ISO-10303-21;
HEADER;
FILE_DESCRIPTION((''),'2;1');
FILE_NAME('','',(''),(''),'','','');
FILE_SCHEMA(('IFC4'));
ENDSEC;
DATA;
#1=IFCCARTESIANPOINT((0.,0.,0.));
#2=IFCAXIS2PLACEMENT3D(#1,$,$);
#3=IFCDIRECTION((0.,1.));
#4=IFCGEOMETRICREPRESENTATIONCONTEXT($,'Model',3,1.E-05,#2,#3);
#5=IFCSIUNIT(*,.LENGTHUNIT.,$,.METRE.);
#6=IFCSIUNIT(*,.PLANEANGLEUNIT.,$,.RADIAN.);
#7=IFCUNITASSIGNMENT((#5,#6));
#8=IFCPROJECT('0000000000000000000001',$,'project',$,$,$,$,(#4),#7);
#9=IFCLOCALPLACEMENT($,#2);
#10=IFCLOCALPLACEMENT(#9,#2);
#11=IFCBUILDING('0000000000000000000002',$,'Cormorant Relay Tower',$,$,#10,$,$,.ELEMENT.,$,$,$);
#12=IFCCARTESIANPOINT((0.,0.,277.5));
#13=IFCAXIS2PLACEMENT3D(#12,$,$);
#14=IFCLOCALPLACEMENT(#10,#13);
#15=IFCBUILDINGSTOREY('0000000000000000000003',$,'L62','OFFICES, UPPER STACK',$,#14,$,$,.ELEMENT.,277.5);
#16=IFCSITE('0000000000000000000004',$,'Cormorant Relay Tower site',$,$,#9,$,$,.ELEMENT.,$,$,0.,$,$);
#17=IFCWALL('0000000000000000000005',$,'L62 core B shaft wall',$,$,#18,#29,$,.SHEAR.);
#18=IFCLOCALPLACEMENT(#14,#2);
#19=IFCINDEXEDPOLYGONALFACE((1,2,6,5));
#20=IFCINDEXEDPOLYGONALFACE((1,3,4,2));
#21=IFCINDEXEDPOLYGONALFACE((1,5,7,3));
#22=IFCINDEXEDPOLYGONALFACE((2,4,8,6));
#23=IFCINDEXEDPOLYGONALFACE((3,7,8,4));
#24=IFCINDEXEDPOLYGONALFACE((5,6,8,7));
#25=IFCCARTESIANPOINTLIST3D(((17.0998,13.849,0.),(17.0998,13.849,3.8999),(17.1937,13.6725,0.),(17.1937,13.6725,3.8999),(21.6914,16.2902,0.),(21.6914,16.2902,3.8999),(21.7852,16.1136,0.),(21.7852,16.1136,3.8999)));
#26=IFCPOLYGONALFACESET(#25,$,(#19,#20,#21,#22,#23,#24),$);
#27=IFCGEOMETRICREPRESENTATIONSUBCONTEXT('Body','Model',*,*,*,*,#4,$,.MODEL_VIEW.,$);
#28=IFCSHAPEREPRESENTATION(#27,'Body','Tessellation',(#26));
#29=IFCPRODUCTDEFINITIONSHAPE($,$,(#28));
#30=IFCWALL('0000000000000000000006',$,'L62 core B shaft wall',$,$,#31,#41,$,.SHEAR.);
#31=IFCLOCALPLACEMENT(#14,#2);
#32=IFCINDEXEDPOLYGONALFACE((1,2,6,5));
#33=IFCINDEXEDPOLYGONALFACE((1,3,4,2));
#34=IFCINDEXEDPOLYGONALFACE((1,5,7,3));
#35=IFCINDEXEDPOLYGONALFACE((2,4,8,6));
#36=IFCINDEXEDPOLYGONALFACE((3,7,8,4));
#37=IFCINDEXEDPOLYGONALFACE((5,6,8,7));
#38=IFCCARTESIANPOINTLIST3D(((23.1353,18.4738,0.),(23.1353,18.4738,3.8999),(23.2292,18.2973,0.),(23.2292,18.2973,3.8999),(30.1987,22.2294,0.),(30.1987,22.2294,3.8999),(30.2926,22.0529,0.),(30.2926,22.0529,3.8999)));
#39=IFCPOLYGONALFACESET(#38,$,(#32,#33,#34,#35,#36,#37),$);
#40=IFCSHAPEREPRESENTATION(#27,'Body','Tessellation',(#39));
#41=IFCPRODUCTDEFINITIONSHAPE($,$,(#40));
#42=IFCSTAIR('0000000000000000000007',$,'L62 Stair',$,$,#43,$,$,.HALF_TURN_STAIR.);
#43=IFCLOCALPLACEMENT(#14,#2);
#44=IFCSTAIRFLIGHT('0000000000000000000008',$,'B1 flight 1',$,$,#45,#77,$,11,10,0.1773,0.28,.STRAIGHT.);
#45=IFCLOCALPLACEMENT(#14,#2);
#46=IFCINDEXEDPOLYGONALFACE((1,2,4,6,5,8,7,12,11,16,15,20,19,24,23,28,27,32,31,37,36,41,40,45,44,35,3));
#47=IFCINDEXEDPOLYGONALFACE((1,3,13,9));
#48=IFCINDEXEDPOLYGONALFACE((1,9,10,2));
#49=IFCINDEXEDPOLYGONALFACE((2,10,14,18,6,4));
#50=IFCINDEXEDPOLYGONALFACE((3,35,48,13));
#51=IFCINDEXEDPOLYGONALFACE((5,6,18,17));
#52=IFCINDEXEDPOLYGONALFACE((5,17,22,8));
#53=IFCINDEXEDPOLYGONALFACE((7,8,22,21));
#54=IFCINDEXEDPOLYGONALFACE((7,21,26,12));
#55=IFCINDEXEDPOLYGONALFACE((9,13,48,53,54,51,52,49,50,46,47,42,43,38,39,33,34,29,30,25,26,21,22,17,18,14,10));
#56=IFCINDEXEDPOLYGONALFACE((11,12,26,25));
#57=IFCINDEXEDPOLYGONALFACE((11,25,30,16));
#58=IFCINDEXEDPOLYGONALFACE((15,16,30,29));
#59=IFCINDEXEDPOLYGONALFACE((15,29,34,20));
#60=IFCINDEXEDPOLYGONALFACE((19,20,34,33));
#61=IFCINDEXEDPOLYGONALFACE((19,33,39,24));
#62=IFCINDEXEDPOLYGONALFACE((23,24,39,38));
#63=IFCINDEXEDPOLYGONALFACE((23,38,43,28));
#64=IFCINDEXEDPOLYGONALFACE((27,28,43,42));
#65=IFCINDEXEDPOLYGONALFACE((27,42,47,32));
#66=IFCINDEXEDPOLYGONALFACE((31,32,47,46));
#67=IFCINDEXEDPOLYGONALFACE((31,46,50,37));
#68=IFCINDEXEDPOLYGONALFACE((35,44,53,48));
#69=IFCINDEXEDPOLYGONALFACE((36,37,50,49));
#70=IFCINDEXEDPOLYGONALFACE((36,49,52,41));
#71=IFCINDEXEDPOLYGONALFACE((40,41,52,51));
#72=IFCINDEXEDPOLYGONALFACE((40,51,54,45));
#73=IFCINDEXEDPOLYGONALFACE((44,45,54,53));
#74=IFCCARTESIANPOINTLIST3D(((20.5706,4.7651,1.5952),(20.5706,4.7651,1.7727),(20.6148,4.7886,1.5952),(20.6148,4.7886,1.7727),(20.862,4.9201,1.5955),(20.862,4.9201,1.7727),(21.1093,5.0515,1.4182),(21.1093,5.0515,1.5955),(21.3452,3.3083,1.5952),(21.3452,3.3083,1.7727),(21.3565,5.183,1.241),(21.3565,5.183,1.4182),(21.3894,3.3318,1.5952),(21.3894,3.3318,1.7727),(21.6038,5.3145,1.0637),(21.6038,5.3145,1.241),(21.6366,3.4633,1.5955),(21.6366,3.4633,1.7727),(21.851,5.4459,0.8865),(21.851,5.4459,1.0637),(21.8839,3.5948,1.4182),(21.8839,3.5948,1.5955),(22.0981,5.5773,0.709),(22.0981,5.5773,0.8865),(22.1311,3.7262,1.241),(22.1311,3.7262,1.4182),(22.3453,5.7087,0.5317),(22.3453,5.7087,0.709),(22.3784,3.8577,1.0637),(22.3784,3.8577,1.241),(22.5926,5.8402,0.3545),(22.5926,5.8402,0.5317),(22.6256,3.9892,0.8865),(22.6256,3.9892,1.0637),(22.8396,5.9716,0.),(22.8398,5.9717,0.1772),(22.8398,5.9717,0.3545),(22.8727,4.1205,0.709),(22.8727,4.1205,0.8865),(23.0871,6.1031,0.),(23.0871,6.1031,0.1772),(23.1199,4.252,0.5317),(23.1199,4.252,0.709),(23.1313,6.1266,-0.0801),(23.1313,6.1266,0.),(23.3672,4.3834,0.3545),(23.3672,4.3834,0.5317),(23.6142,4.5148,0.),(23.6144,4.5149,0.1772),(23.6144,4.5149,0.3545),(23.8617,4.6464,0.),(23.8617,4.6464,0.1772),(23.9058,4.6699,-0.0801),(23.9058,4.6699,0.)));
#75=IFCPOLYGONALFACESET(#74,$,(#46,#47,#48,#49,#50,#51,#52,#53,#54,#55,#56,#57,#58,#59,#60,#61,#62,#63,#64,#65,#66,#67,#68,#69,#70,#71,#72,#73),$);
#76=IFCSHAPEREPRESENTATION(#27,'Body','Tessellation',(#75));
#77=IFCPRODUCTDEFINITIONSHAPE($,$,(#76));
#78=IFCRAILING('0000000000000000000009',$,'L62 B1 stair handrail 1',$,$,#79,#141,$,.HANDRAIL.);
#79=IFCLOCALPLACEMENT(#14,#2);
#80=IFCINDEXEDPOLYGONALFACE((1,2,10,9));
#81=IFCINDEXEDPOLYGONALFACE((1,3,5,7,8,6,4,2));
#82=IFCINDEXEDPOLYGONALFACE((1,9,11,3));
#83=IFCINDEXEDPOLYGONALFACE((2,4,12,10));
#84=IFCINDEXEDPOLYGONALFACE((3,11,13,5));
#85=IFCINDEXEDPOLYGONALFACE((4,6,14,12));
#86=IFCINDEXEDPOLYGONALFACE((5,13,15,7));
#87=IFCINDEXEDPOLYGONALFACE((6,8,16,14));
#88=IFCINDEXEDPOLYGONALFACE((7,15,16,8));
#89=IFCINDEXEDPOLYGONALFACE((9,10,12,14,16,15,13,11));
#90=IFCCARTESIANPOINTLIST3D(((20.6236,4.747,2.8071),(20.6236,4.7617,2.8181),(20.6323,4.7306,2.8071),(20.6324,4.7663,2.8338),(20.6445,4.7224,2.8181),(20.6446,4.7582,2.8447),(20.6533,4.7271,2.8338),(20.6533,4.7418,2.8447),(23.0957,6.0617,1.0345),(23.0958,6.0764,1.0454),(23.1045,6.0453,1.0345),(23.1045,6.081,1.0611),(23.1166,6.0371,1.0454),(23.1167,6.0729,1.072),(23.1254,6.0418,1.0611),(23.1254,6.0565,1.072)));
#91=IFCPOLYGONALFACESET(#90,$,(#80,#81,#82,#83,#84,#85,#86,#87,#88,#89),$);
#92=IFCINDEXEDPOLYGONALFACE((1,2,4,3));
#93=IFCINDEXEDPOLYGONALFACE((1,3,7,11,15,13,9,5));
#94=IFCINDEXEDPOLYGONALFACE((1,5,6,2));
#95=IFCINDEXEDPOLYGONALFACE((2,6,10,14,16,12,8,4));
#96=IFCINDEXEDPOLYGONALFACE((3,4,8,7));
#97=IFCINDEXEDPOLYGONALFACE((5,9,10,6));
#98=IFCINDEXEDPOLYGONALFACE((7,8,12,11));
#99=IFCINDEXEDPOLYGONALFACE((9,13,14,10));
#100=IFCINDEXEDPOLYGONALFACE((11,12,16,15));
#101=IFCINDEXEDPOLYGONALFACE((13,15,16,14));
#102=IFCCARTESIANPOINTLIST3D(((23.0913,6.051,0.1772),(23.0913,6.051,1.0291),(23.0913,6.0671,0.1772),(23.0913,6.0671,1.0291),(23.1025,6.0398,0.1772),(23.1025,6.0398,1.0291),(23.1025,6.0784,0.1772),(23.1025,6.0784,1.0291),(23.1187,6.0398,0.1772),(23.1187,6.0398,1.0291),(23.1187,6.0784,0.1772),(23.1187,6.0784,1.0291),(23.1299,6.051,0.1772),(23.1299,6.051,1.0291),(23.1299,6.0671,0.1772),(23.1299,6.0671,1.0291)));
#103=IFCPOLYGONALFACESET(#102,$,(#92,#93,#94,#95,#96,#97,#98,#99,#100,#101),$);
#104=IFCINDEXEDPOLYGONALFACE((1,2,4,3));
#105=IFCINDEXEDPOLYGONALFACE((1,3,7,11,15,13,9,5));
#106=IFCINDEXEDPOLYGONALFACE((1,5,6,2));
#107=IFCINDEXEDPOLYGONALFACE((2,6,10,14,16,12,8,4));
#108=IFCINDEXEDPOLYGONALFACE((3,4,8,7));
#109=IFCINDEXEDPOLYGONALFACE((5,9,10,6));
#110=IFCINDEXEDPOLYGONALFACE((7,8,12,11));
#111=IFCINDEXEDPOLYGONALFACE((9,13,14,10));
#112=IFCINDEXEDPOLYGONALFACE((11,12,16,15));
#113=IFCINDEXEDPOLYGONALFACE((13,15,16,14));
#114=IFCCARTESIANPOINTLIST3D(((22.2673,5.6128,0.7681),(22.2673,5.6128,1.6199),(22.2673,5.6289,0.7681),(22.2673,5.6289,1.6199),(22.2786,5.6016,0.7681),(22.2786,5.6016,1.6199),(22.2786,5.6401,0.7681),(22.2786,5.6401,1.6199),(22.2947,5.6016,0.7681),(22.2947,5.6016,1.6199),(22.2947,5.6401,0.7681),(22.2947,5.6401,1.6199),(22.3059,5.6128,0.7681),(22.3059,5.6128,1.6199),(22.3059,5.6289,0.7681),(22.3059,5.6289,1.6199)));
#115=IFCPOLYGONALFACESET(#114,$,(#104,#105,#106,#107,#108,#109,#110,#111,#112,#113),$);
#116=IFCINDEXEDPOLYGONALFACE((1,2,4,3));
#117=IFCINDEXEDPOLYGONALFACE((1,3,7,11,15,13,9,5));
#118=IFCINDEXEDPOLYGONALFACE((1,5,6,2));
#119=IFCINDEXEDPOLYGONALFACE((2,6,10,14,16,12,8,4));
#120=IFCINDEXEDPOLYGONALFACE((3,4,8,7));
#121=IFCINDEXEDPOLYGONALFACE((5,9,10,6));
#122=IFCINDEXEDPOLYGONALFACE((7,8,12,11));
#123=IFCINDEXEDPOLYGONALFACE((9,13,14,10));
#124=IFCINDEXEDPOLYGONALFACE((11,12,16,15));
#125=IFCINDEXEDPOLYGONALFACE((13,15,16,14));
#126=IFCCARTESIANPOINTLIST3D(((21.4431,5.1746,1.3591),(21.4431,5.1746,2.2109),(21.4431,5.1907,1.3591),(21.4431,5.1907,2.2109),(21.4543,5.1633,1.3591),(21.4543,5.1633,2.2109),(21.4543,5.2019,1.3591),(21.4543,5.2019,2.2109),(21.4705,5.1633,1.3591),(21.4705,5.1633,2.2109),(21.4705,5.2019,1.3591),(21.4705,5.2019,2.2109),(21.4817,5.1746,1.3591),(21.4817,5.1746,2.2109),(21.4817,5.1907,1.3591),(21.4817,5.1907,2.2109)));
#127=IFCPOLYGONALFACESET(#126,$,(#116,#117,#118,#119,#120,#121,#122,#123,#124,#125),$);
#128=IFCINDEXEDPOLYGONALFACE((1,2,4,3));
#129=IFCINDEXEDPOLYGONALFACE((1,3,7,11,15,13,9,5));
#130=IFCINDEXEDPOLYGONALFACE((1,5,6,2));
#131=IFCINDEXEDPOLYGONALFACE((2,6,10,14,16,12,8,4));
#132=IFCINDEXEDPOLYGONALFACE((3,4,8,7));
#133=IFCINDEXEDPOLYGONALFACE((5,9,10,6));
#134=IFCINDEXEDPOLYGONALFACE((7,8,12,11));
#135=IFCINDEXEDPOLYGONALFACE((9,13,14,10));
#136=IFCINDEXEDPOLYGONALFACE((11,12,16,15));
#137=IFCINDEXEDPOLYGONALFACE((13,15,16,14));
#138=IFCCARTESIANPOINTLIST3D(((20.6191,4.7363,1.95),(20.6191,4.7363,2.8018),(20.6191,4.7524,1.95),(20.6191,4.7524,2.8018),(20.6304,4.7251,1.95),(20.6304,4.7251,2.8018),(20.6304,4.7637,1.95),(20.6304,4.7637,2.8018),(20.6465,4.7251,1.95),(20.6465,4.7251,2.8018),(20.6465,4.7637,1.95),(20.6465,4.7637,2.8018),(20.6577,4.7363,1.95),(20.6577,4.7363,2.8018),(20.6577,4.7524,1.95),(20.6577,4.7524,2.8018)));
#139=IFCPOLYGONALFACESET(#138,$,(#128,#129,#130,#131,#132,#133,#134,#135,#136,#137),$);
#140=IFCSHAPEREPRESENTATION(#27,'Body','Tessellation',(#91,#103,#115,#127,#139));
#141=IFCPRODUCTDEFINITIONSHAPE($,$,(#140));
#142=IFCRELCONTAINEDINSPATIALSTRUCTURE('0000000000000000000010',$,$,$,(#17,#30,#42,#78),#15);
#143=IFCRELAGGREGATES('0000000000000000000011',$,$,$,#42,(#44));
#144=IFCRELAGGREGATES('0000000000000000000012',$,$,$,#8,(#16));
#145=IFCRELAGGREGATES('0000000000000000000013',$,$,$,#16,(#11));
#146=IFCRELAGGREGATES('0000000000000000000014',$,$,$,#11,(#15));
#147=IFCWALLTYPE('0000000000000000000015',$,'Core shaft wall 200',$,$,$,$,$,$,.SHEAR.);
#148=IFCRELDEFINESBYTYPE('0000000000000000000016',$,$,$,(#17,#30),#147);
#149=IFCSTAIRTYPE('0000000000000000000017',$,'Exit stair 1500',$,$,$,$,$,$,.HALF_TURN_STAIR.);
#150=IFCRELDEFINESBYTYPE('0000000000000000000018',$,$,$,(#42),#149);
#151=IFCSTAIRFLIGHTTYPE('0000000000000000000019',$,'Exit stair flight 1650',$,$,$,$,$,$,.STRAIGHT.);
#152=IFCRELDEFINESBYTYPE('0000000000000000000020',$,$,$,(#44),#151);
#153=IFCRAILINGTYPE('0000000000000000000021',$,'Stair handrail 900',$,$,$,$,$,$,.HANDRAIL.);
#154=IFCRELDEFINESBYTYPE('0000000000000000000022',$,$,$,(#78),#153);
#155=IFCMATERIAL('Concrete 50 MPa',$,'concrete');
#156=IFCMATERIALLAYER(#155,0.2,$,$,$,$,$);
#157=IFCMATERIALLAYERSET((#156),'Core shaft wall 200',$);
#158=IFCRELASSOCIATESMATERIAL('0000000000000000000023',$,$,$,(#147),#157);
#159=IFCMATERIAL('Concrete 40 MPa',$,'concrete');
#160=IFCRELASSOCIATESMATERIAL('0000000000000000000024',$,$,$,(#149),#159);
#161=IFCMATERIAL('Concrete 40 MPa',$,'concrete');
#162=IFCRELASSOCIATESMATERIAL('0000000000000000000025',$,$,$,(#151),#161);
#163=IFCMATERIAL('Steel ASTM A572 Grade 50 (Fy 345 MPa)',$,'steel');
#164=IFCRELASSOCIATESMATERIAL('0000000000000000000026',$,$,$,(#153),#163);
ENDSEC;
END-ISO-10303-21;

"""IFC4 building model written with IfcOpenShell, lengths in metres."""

from ifc_helpers import new_model, si_unit, direction, frame, frame_2d, origin, place, context, subcontext, project, spatial, polyline, rectangle, outline, extrude, material, layer, layer_set, type_object, element, aggregate, save


model = new_model("IFC4")

# Units and contexts
model_context = context("Model", 3, precision=1e-05, world=origin(), true_north=direction((0.0, 1.0)))
body_context = subcontext(model_context, "Body", "Model", "MODEL_VIEW")
ifc_project = project(units=[si_unit("LENGTHUNIT", "METRE"), si_unit("PLANEANGLEUNIT", "RADIAN")], contexts=[model_context])

# Site, building, storey
site_placement = place(None, origin())
site = spatial("IfcSite", under=ifc_project, at=site_placement, Name="Cormorant Relay Tower site", CompositionType="ELEMENT", RefElevation=0.0)
building_placement = place(site_placement, origin())
building = spatial("IfcBuilding", under=site, at=building_placement, Name="Cormorant Relay Tower", CompositionType="ELEMENT")
storey_placement = place(building_placement, frame((0.0, 0.0, 277.5)))
storey = spatial("IfcBuildingStorey", under=building, at=storey_placement, Name="L62", Description="OFFICES, UPPER STACK", CompositionType="ELEMENT", Elevation=277.5)

# Shared definitions
ifc_material_1 = material(Name="Concrete 50 MPa", Category="concrete")
ifc_layer_1 = layer(ifc_material_1, 0.2)
ifc_layer_set_1 = layer_set([ifc_layer_1], Name="Core shaft wall 200")
wall_type_1 = type_object("IfcWallType", Name="Core shaft wall 200", PredefinedType="SHEAR", material=ifc_layer_set_1)

# Walls
wall_1_placement = place(storey_placement, frame((17.1467, 13.7607, 0.0), z_axis=(0.0, 0.0, 1.0), x_axis=(0.882964, 0.46944, 0.0)))
element("IfcWall", 1, at=wall_1_placement, inside=storey, type_object=wall_type_1, Name="L62 core B shaft wall", PredefinedType="SHEAR", context=body_context, shape_type="SweptSolid", body=[
    extrude(rectangle(XDim=5.2002, YDim=0.2, at=frame_2d((2.6001, 0.0))), origin(), (0.0, 0.0, 1.0), 3.8999),
])
wall_2_placement = place(storey_placement, frame((23.1821, 18.3855, 0.0), z_axis=(0.0, 0.0, 1.0), x_axis=(0.882953, 0.469462, 0.0)))
element("IfcWall", 2, at=wall_2_placement, inside=storey, type_object=wall_type_1, Name="L62 core B shaft wall", PredefinedType="SHEAR", context=body_context, shape_type="SweptSolid", body=[
    extrude(rectangle(XDim=7.9998, YDim=0.2, at=frame_2d((4.0, 0.0))), origin(), (0.0, 0.0, 1.0), 3.8999),
])

# Stair, stair flight
ifc_material_2 = material(Name="Concrete 40 MPa", Category="concrete")
stair_type = type_object("IfcStairType", Name="Exit stair 1500", PredefinedType="HALF_TURN_STAIR", material=ifc_material_2)
stair_placement = place(storey_placement, origin())
stair = element("IfcStair", 3, at=stair_placement, inside=storey, type_object=stair_type, Name="L62 Stair", PredefinedType="HALF_TURN_STAIR")
ifc_material_3 = material(Name="Concrete 40 MPa", Category="concrete")
stair_flight_type = type_object("IfcStairFlightType", Name="Exit stair flight 1650", PredefinedType="STRAIGHT", material=ifc_material_3)
stair_flight_placement = place(storey_placement, frame((23.4744, 5.3748, 0.0), z_axis=(0.0, 0.0, 1.0), x_axis=(-0.882948, -0.469472, 0.0)))
stair_flight = element("IfcStairFlight", 4, at=stair_flight_placement, type_object=stair_flight_type, Name="B1 flight 1", NumberOfRisers=11, NumberOfTreads=10, PredefinedType="STRAIGHT", RiserHeight=0.1773, TreadLength=0.28, context=body_context, shape_type="SweptSolid", body=[
    extrude(outline(polyline([(-0.05, -0.0801), (-0.05, 0.0), (0.0, 0.0), (0.0, 0.1772), (0.28, 0.1772), (0.28, 0.3545), (0.5601, 0.3545), (0.5601, 0.5317), (0.8401, 0.5317), (0.8401, 0.709), (1.1201, 0.709), (1.1201, 0.8865), (1.3999, 0.8865), (1.3999, 1.0637), (1.6799, 1.0637), (1.6799, 1.241), (1.96, 1.241), (1.96, 1.4182), (2.24, 1.4182), (2.24, 1.5955), (2.52, 1.5955), (2.52, 1.7727), (2.8, 1.7727), (2.8501, 1.7727), (2.8501, 1.5952), (2.8, 1.5952), (0.2803, 0.0), (-0.05, -0.0801)])), frame((0.0, 0.825, 0.0), z_axis=(0.0, -1.0, 0.0), x_axis=(1.0, 0.0, 0.0)), (0.0, 0.0, 1.0), 1.6499),
])
aggregate(stair, [stair_flight])

# Railing
ifc_material_4 = material(Name="Steel ASTM A572 Grade 50 (Fy 345 MPa)", Category="steel")
railing_type = type_object("IfcRailingType", Name="Stair handrail 900", PredefinedType="HANDRAIL", material=ifc_material_4)
railing_placement = place(storey_placement, frame((23.1106, 6.0591, 0.1772)))
element("IfcRailing", 5, at=railing_placement, inside=storey, type_object=railing_type, Name="L62 B1 stair handrail 1", PredefinedType="HANDRAIL", context=body_context, shape_type="SweptSolid", body=[
    extrude(outline(polyline([(0.0222, 0.0093), (0.0093, 0.0222), (-0.0093, 0.0222), (-0.0222, 0.0093), (-0.0222, -0.0093), (-0.0093, -0.0222), (0.0093, -0.0222), (0.0222, -0.0093), (0.0222, 0.0093)])), frame((0.0, 0.0, 0.876), z_axis=(-0.745979, -0.396711, 0.534916), x_axis=(0.469533, -0.882915, 0.0)), (0.0, 0.0, 1.0), 3.314),
    extrude(outline(polyline([(0.0193, 0.0081), (0.0081, 0.0193), (-0.0081, 0.0193), (-0.0193, 0.0081), (-0.0193, -0.0081), (-0.0081, -0.0193), (0.0081, -0.0193), (0.0193, -0.0081), (0.0193, 0.0081)])), origin(), (0.0, 0.0, 1.0), 0.8518),
    extrude(outline(polyline([(0.0193, 0.0081), (0.0081, 0.0193), (-0.0081, 0.0193), (-0.0193, 0.0081), (-0.0193, -0.0081), (-0.0081, -0.0193), (0.0081, -0.0193), (0.0193, -0.0081), (0.0193, 0.0081)])), frame((-0.824, -0.4382, 0.5908)), (0.0, 0.0, 1.0), 0.8518),
    extrude(outline(polyline([(0.0193, 0.0081), (0.0081, 0.0193), (-0.0081, 0.0193), (-0.0193, 0.0081), (-0.0193, -0.0081), (-0.0081, -0.0193), (0.0081, -0.0193), (0.0193, -0.0081), (0.0193, 0.0081)])), frame((-1.6482, -0.8765, 1.1819)), (0.0, 0.0, 1.0), 0.8518),
    extrude(outline(polyline([(0.0193, 0.0081), (0.0081, 0.0193), (-0.0081, 0.0193), (-0.0193, 0.0081), (-0.0193, -0.0081), (-0.0081, -0.0193), (0.0081, -0.0193), (0.0193, -0.0081), (0.0193, 0.0081)])), frame((-2.4722, -1.3147, 1.7727)), (0.0, 0.0, 1.0), 0.8518),
])

save(model, "model.ifc")
